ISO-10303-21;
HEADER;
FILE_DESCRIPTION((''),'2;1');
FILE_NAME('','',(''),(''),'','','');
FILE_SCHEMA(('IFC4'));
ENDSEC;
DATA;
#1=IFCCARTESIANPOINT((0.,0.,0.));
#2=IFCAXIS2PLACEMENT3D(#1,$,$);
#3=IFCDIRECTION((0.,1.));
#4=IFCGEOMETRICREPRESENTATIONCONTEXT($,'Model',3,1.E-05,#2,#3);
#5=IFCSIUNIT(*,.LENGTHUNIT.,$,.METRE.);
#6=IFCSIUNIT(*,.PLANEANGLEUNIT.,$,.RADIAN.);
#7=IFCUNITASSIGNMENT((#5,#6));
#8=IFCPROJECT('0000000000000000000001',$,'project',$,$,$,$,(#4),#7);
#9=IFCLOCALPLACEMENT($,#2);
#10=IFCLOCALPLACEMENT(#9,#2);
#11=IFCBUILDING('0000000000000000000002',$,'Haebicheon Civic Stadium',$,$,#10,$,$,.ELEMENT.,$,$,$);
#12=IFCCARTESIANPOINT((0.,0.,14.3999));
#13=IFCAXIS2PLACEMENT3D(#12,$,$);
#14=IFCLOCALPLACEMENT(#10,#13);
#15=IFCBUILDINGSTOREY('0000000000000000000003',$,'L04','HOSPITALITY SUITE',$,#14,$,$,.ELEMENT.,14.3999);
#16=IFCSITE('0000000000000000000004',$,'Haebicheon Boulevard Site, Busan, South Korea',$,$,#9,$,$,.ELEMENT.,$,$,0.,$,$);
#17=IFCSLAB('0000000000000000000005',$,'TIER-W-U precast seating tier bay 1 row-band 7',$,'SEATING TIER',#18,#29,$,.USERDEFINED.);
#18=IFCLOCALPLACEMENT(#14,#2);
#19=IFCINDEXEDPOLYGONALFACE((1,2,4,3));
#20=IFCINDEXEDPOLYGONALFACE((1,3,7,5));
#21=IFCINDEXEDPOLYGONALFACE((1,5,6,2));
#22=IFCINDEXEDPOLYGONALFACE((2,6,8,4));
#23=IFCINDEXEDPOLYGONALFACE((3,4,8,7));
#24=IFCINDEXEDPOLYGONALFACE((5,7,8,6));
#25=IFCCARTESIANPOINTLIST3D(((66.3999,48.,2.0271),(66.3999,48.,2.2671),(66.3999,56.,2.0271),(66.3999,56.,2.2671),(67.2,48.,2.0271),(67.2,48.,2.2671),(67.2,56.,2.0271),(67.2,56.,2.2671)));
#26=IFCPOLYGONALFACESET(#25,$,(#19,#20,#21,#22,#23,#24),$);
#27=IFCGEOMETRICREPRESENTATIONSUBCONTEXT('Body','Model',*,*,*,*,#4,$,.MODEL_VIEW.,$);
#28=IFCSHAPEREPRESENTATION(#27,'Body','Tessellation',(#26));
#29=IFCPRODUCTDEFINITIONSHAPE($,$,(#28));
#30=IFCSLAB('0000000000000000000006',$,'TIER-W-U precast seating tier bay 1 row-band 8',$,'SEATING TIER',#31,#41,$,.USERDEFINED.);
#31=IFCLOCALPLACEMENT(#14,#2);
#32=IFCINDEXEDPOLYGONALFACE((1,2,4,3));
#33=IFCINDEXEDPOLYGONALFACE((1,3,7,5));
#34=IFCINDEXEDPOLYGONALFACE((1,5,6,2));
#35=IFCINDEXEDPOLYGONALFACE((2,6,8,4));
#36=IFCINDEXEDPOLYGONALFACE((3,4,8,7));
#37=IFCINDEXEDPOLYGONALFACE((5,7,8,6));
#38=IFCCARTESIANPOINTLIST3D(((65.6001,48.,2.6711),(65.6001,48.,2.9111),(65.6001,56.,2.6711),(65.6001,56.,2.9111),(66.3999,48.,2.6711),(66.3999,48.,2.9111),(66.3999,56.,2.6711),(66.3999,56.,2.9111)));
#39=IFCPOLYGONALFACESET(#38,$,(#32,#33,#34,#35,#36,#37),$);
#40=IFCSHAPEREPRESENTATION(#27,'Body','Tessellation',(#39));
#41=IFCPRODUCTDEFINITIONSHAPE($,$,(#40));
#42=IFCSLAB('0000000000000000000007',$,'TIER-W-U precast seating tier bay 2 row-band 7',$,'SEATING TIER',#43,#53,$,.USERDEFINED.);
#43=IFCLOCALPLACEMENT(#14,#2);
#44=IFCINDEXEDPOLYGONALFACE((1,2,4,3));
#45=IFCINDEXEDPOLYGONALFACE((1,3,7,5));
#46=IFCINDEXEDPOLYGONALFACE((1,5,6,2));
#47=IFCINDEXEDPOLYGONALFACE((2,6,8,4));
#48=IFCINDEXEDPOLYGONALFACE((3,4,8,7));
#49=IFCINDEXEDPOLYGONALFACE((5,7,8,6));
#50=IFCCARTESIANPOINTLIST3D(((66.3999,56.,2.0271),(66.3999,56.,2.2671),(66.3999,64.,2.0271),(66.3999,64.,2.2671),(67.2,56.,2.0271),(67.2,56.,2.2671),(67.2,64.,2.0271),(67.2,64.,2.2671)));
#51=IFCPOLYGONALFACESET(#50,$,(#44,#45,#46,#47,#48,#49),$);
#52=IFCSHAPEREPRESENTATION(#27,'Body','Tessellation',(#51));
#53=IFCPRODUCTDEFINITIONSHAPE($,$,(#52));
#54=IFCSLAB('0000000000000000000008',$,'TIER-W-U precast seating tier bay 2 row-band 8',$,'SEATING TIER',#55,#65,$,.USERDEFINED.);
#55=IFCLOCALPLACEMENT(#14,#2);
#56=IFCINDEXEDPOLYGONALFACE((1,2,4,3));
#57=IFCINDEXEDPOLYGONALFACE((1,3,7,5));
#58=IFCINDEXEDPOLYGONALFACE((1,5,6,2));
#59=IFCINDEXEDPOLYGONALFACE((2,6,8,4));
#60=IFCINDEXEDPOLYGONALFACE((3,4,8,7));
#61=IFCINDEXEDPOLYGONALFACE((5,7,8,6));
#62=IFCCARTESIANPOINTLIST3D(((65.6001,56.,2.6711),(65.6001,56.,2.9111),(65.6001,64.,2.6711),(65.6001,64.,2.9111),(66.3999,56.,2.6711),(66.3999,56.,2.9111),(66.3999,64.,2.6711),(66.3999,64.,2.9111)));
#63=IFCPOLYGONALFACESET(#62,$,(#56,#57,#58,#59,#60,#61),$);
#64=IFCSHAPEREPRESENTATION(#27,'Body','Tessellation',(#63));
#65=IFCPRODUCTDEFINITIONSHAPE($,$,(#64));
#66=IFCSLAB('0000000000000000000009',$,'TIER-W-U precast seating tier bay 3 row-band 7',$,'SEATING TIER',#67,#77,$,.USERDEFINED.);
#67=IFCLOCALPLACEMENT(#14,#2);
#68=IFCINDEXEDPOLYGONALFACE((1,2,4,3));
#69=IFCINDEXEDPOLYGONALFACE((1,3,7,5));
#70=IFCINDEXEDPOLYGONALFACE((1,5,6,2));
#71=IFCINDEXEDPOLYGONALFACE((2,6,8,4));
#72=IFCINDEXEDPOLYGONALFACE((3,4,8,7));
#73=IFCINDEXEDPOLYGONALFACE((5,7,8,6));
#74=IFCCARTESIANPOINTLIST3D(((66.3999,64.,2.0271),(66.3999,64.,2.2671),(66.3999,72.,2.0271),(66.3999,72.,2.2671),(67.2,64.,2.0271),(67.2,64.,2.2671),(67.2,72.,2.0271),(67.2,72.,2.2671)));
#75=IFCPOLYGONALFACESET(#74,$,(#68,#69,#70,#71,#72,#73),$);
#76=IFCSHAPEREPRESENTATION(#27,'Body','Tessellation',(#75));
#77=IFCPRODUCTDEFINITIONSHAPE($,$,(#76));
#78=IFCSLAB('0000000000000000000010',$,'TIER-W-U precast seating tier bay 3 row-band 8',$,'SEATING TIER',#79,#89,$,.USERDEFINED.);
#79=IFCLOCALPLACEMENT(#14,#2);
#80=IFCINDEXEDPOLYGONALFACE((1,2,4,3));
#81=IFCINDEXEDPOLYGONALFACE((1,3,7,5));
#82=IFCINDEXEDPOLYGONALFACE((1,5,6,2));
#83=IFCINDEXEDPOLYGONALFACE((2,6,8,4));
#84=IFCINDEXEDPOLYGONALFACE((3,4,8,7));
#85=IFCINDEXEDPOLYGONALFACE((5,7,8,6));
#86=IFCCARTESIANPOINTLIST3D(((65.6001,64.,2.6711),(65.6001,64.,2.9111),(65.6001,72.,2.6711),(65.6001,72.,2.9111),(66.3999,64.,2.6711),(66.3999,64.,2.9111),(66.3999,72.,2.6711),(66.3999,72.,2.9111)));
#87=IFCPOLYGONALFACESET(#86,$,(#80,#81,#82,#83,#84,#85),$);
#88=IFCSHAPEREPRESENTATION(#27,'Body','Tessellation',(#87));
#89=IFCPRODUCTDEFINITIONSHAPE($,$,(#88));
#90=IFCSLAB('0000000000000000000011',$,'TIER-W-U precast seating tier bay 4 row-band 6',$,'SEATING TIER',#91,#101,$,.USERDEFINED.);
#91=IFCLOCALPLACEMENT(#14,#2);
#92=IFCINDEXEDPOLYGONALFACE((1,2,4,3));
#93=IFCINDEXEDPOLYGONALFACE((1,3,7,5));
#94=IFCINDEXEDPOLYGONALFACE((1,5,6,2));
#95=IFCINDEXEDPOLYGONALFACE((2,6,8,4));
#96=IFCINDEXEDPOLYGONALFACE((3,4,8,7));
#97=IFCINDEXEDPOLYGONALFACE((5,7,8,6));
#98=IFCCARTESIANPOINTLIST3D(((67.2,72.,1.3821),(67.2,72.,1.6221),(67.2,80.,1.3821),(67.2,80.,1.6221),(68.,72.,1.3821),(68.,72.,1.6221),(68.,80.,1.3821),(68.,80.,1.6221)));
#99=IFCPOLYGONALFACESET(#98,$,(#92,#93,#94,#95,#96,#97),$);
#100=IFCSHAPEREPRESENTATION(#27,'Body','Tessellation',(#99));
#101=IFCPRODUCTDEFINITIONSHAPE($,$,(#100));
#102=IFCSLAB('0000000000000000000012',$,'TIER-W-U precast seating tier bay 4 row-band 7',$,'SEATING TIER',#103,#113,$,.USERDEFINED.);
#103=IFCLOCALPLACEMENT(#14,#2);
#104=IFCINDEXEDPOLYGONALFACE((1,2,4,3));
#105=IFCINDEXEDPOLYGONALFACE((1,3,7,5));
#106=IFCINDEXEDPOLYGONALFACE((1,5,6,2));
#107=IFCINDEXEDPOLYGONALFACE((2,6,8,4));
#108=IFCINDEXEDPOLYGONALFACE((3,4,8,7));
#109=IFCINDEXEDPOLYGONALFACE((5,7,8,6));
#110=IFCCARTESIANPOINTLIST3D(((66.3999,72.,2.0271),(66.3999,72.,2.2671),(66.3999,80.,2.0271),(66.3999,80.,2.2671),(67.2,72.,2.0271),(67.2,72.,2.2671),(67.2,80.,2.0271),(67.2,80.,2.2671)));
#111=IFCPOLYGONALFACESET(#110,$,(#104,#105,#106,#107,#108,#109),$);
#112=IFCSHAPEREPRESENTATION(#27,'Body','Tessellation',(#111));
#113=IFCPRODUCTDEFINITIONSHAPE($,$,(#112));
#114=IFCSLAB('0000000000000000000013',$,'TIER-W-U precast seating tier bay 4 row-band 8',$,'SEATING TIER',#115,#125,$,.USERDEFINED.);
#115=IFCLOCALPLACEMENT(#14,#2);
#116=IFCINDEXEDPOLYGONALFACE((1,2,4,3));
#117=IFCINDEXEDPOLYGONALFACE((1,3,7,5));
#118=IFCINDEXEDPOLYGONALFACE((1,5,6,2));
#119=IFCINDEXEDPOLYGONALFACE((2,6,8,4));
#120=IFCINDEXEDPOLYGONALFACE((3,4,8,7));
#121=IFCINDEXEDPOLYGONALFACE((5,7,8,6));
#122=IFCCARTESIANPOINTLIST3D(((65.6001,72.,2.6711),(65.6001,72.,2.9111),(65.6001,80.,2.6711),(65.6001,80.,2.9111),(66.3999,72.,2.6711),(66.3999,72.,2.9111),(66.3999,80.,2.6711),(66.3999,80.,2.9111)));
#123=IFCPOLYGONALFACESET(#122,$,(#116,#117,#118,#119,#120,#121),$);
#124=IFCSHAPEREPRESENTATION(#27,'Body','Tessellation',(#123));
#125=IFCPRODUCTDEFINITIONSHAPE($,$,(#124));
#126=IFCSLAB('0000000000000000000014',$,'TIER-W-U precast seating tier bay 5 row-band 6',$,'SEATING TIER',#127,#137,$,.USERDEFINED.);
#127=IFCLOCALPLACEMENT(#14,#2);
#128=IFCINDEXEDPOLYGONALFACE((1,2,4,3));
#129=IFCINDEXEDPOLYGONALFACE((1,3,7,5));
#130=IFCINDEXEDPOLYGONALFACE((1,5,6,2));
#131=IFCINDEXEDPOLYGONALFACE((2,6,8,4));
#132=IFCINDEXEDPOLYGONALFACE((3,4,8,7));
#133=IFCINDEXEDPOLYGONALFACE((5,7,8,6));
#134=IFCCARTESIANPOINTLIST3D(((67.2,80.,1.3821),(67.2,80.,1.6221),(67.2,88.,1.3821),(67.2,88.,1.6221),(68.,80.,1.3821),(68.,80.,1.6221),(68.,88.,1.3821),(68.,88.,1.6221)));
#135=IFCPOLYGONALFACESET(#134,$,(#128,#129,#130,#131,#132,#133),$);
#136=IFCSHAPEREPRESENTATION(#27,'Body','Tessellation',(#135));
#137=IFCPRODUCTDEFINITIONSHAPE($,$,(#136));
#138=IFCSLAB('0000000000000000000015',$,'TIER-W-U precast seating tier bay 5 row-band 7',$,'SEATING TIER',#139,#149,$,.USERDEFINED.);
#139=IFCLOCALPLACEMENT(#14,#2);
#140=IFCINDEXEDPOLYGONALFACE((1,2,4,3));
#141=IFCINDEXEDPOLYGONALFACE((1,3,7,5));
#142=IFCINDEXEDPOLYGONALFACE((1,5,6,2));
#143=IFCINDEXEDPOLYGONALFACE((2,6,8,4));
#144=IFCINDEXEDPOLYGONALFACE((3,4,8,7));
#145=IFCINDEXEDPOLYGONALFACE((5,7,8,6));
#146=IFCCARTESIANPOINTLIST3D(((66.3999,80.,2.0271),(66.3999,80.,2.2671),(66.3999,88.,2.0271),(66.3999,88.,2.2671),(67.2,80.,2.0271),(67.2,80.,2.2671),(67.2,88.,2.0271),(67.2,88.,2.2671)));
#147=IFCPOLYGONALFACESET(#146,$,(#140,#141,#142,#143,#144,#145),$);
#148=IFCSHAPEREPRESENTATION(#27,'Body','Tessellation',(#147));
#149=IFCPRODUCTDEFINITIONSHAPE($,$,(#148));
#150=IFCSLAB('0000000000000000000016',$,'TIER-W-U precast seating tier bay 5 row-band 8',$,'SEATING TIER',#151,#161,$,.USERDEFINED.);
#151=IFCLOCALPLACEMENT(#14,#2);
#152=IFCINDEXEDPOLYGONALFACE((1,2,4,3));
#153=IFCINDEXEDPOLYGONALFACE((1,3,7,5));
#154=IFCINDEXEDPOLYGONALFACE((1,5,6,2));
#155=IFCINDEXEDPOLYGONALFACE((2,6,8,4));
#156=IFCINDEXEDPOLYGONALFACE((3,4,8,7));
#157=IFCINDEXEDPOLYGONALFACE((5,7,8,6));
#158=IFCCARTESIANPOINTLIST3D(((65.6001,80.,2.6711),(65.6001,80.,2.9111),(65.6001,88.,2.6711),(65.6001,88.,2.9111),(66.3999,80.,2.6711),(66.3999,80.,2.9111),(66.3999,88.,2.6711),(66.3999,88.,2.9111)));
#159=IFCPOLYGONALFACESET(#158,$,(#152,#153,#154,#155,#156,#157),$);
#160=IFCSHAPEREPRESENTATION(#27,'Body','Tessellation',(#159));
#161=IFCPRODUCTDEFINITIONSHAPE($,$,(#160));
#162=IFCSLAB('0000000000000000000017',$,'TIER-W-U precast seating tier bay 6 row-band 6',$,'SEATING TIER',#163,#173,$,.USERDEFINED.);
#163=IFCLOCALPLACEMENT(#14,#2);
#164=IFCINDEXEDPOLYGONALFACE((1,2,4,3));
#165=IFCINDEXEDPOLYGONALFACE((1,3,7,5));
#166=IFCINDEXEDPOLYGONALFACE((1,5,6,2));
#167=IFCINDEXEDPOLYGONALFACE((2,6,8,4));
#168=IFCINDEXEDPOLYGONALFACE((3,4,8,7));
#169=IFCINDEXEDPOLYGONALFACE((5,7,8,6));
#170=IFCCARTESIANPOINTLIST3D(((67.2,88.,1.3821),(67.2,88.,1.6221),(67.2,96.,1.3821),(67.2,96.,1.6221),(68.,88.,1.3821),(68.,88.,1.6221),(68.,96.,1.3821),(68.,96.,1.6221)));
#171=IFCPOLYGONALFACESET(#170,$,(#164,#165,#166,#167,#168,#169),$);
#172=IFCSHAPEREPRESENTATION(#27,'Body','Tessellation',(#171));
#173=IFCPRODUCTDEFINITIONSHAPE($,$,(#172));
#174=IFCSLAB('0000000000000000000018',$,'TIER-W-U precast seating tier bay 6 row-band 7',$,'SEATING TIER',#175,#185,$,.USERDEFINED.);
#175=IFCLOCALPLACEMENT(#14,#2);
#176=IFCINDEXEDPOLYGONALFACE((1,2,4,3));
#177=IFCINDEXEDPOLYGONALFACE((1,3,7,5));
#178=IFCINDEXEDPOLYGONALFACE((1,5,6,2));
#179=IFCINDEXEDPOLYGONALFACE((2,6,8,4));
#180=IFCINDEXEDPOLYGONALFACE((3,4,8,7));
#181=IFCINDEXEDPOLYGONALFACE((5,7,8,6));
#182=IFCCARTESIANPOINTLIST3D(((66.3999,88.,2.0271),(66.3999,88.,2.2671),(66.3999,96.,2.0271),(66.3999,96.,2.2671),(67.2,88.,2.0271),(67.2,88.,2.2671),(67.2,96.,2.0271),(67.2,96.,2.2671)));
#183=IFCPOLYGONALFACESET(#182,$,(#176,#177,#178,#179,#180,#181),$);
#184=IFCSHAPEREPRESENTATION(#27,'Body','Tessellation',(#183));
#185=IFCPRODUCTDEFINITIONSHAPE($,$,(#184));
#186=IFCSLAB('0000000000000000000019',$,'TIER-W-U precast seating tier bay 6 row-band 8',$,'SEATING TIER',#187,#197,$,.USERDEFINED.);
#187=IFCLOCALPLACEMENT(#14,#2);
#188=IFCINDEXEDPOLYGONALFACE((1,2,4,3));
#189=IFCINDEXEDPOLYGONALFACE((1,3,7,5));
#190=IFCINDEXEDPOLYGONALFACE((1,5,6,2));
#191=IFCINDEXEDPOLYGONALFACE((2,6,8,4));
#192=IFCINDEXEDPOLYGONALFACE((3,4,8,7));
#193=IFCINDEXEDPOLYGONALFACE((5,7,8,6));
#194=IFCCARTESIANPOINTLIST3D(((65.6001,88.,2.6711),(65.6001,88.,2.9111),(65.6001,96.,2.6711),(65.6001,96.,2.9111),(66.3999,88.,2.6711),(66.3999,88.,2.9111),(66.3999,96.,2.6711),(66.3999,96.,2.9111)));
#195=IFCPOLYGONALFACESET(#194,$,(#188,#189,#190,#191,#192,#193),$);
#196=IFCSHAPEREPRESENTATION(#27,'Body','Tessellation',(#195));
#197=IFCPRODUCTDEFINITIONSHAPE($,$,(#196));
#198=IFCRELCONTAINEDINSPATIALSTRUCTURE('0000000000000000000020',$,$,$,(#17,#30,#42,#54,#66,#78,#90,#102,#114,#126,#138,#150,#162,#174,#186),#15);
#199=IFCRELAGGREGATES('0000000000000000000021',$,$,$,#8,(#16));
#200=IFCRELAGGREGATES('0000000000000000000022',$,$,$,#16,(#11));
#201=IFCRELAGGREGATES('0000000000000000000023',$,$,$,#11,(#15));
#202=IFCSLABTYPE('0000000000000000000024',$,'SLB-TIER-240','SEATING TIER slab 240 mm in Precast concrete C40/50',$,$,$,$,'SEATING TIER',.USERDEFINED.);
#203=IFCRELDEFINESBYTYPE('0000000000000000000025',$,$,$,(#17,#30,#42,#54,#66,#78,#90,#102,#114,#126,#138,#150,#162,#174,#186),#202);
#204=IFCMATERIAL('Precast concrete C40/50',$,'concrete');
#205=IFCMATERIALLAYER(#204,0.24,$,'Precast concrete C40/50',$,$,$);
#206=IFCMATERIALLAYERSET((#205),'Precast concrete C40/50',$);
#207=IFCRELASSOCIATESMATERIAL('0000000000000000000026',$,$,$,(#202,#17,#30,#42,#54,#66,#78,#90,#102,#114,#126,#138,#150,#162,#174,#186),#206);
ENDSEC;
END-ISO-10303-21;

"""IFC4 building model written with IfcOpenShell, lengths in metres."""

from ifc_helpers import new_model, si_unit, direction, frame, origin, place, context, subcontext, project, spatial, polyline, outline, extrude, material, layer, layer_set, type_object, element, save


model = new_model("IFC4")

# Units and contexts
model_context = context("Model", 3, precision=1e-05, world=origin(), true_north=direction((0.0, 1.0)))
body_context = subcontext(model_context, "Body", "Model", "MODEL_VIEW")
ifc_project = project(units=[si_unit("LENGTHUNIT", "METRE"), si_unit("PLANEANGLEUNIT", "RADIAN")], contexts=[model_context])

# Site, building, storey
site_placement = place(None, origin())
site = spatial("IfcSite", under=ifc_project, at=site_placement, Name="Haebicheon Boulevard Site, Busan, South Korea", CompositionType="ELEMENT", RefElevation=0.0)
building_placement = place(site_placement, origin())
building = spatial("IfcBuilding", under=site, at=building_placement, Name="Haebicheon Civic Stadium", CompositionType="ELEMENT")
storey_placement = place(building_placement, frame((0.0, 0.0, 14.3999)))
storey = spatial("IfcBuildingStorey", under=building, at=storey_placement, Name="L04", Description="HOSPITALITY SUITE", CompositionType="ELEMENT", Elevation=14.3999)

# Slabs
ifc_material = material(Name="Precast concrete C40/50", Category="concrete")
ifc_layer = layer(ifc_material, 0.24, Name="Precast concrete C40/50")
ifc_layer_set = layer_set([ifc_layer], Name="Precast concrete C40/50")
slab_type = type_object("IfcSlabType", Name="SLB-TIER-240", Description="SEATING TIER slab 240 mm in Precast concrete C40/50", ElementType="SEATING TIER", PredefinedType="USERDEFINED", material=ifc_layer_set)
slab_1_placement = place(storey_placement, frame((0.0, 0.0, 2.0271)))
element("IfcSlab", 1, at=slab_1_placement, inside=storey, type_object=slab_type, material=ifc_layer_set, Name="TIER-W-U precast seating tier bay 1 row-band 7", ObjectType="SEATING TIER", PredefinedType="USERDEFINED", context=body_context, shape_type="SweptSolid", body=[
    extrude(outline(polyline([(66.3999, 48.0), (67.2, 48.0), (67.2, 56.0), (66.3999, 56.0), (66.3999, 48.0)])), origin(), (0.0, 0.0, 1.0), 0.24),
])
slab_2_placement = place(storey_placement, frame((0.0, 0.0, 2.6711)))
element("IfcSlab", 2, at=slab_2_placement, inside=storey, type_object=slab_type, material=ifc_layer_set, Name="TIER-W-U precast seating tier bay 1 row-band 8", ObjectType="SEATING TIER", PredefinedType="USERDEFINED", context=body_context, shape_type="SweptSolid", body=[
    extrude(outline(polyline([(65.6001, 48.0), (66.3999, 48.0), (66.3999, 56.0), (65.6001, 56.0), (65.6001, 48.0)])), origin(), (0.0, 0.0, 1.0), 0.24),
])
slab_3_placement = place(storey_placement, frame((0.0, 0.0, 2.0271)))
element("IfcSlab", 3, at=slab_3_placement, inside=storey, type_object=slab_type, material=ifc_layer_set, Name="TIER-W-U precast seating tier bay 2 row-band 7", ObjectType="SEATING TIER", PredefinedType="USERDEFINED", context=body_context, shape_type="SweptSolid", body=[
    extrude(outline(polyline([(66.3999, 56.0), (67.2, 56.0), (67.2, 64.0), (66.3999, 64.0), (66.3999, 56.0)])), origin(), (0.0, 0.0, 1.0), 0.24),
])
slab_4_placement = place(storey_placement, frame((0.0, 0.0, 2.6711)))
element("IfcSlab", 4, at=slab_4_placement, inside=storey, type_object=slab_type, material=ifc_layer_set, Name="TIER-W-U precast seating tier bay 2 row-band 8", ObjectType="SEATING TIER", PredefinedType="USERDEFINED", context=body_context, shape_type="SweptSolid", body=[
    extrude(outline(polyline([(65.6001, 56.0), (66.3999, 56.0), (66.3999, 64.0), (65.6001, 64.0), (65.6001, 56.0)])), origin(), (0.0, 0.0, 1.0), 0.24),
])
slab_5_placement = place(storey_placement, frame((0.0, 0.0, 2.0271)))
element("IfcSlab", 5, at=slab_5_placement, inside=storey, type_object=slab_type, material=ifc_layer_set, Name="TIER-W-U precast seating tier bay 3 row-band 7", ObjectType="SEATING TIER", PredefinedType="USERDEFINED", context=body_context, shape_type="SweptSolid", body=[
    extrude(outline(polyline([(66.3999, 64.0), (67.2, 64.0), (67.2, 72.0), (66.3999, 72.0), (66.3999, 64.0)])), origin(), (0.0, 0.0, 1.0), 0.24),
])
slab_6_placement = place(storey_placement, frame((0.0, 0.0, 2.6711)))
element("IfcSlab", 6, at=slab_6_placement, inside=storey, type_object=slab_type, material=ifc_layer_set, Name="TIER-W-U precast seating tier bay 3 row-band 8", ObjectType="SEATING TIER", PredefinedType="USERDEFINED", context=body_context, shape_type="SweptSolid", body=[
    extrude(outline(polyline([(65.6001, 64.0), (66.3999, 64.0), (66.3999, 72.0), (65.6001, 72.0), (65.6001, 64.0)])), origin(), (0.0, 0.0, 1.0), 0.24),
])
slab_7_placement = place(storey_placement, frame((0.0, 0.0, 1.3821)))
element("IfcSlab", 7, at=slab_7_placement, inside=storey, type_object=slab_type, material=ifc_layer_set, Name="TIER-W-U precast seating tier bay 4 row-band 6", ObjectType="SEATING TIER", PredefinedType="USERDEFINED", context=body_context, shape_type="SweptSolid", body=[
    extrude(outline(polyline([(67.2, 72.0), (68.0, 72.0), (68.0, 80.0), (67.2, 80.0), (67.2, 72.0)])), origin(), (0.0, 0.0, 1.0), 0.24),
])
slab_8_placement = place(storey_placement, frame((0.0, 0.0, 2.0271)))
element("IfcSlab", 8, at=slab_8_placement, inside=storey, type_object=slab_type, material=ifc_layer_set, Name="TIER-W-U precast seating tier bay 4 row-band 7", ObjectType="SEATING TIER", PredefinedType="USERDEFINED", context=body_context, shape_type="SweptSolid", body=[
    extrude(outline(polyline([(66.3999, 72.0), (67.2, 72.0), (67.2, 80.0), (66.3999, 80.0), (66.3999, 72.0)])), origin(), (0.0, 0.0, 1.0), 0.24),
])
slab_9_placement = place(storey_placement, frame((0.0, 0.0, 2.6711)))
element("IfcSlab", 9, at=slab_9_placement, inside=storey, type_object=slab_type, material=ifc_layer_set, Name="TIER-W-U precast seating tier bay 4 row-band 8", ObjectType="SEATING TIER", PredefinedType="USERDEFINED", context=body_context, shape_type="SweptSolid", body=[
    extrude(outline(polyline([(65.6001, 72.0), (66.3999, 72.0), (66.3999, 80.0), (65.6001, 80.0), (65.6001, 72.0)])), origin(), (0.0, 0.0, 1.0), 0.24),
])
slab_10_placement = place(storey_placement, frame((0.0, 0.0, 1.3821)))
element("IfcSlab", 10, at=slab_10_placement, inside=storey, type_object=slab_type, material=ifc_layer_set, Name="TIER-W-U precast seating tier bay 5 row-band 6", ObjectType="SEATING TIER", PredefinedType="USERDEFINED", context=body_context, shape_type="SweptSolid", body=[
    extrude(outline(polyline([(67.2, 80.0), (68.0, 80.0), (68.0, 88.0), (67.2, 88.0), (67.2, 80.0)])), origin(), (0.0, 0.0, 1.0), 0.24),
])
slab_11_placement = place(storey_placement, frame((0.0, 0.0, 2.0271)))
element("IfcSlab", 11, at=slab_11_placement, inside=storey, type_object=slab_type, material=ifc_layer_set, Name="TIER-W-U precast seating tier bay 5 row-band 7", ObjectType="SEATING TIER", PredefinedType="USERDEFINED", context=body_context, shape_type="SweptSolid", body=[
    extrude(outline(polyline([(66.3999, 80.0), (67.2, 80.0), (67.2, 88.0), (66.3999, 88.0), (66.3999, 80.0)])), origin(), (0.0, 0.0, 1.0), 0.24),
])
slab_12_placement = place(storey_placement, frame((0.0, 0.0, 2.6711)))
element("IfcSlab", 12, at=slab_12_placement, inside=storey, type_object=slab_type, material=ifc_layer_set, Name="TIER-W-U precast seating tier bay 5 row-band 8", ObjectType="SEATING TIER", PredefinedType="USERDEFINED", context=body_context, shape_type="SweptSolid", body=[
    extrude(outline(polyline([(65.6001, 80.0), (66.3999, 80.0), (66.3999, 88.0), (65.6001, 88.0), (65.6001, 80.0)])), origin(), (0.0, 0.0, 1.0), 0.24),
])
slab_13_placement = place(storey_placement, frame((0.0, 0.0, 1.3821)))
element("IfcSlab", 13, at=slab_13_placement, inside=storey, type_object=slab_type, material=ifc_layer_set, Name="TIER-W-U precast seating tier bay 6 row-band 6", ObjectType="SEATING TIER", PredefinedType="USERDEFINED", context=body_context, shape_type="SweptSolid", body=[
    extrude(outline(polyline([(67.2, 88.0), (68.0, 88.0), (68.0, 96.0), (67.2, 96.0), (67.2, 88.0)])), origin(), (0.0, 0.0, 1.0), 0.24),
])
slab_14_placement = place(storey_placement, frame((0.0, 0.0, 2.0271)))
element("IfcSlab", 14, at=slab_14_placement, inside=storey, type_object=slab_type, material=ifc_layer_set, Name="TIER-W-U precast seating tier bay 6 row-band 7", ObjectType="SEATING TIER", PredefinedType="USERDEFINED", context=body_context, shape_type="SweptSolid", body=[
    extrude(outline(polyline([(66.3999, 88.0), (67.2, 88.0), (67.2, 96.0), (66.3999, 96.0), (66.3999, 88.0)])), origin(), (0.0, 0.0, 1.0), 0.24),
])
slab_15_placement = place(storey_placement, frame((0.0, 0.0, 2.6711)))
element("IfcSlab", 15, at=slab_15_placement, inside=storey, type_object=slab_type, material=ifc_layer_set, Name="TIER-W-U precast seating tier bay 6 row-band 8", ObjectType="SEATING TIER", PredefinedType="USERDEFINED", context=body_context, shape_type="SweptSolid", body=[
    extrude(outline(polyline([(65.6001, 88.0), (66.3999, 88.0), (66.3999, 96.0), (65.6001, 96.0), (65.6001, 88.0)])), origin(), (0.0, 0.0, 1.0), 0.24),
])

save(model, "model.ifc")
